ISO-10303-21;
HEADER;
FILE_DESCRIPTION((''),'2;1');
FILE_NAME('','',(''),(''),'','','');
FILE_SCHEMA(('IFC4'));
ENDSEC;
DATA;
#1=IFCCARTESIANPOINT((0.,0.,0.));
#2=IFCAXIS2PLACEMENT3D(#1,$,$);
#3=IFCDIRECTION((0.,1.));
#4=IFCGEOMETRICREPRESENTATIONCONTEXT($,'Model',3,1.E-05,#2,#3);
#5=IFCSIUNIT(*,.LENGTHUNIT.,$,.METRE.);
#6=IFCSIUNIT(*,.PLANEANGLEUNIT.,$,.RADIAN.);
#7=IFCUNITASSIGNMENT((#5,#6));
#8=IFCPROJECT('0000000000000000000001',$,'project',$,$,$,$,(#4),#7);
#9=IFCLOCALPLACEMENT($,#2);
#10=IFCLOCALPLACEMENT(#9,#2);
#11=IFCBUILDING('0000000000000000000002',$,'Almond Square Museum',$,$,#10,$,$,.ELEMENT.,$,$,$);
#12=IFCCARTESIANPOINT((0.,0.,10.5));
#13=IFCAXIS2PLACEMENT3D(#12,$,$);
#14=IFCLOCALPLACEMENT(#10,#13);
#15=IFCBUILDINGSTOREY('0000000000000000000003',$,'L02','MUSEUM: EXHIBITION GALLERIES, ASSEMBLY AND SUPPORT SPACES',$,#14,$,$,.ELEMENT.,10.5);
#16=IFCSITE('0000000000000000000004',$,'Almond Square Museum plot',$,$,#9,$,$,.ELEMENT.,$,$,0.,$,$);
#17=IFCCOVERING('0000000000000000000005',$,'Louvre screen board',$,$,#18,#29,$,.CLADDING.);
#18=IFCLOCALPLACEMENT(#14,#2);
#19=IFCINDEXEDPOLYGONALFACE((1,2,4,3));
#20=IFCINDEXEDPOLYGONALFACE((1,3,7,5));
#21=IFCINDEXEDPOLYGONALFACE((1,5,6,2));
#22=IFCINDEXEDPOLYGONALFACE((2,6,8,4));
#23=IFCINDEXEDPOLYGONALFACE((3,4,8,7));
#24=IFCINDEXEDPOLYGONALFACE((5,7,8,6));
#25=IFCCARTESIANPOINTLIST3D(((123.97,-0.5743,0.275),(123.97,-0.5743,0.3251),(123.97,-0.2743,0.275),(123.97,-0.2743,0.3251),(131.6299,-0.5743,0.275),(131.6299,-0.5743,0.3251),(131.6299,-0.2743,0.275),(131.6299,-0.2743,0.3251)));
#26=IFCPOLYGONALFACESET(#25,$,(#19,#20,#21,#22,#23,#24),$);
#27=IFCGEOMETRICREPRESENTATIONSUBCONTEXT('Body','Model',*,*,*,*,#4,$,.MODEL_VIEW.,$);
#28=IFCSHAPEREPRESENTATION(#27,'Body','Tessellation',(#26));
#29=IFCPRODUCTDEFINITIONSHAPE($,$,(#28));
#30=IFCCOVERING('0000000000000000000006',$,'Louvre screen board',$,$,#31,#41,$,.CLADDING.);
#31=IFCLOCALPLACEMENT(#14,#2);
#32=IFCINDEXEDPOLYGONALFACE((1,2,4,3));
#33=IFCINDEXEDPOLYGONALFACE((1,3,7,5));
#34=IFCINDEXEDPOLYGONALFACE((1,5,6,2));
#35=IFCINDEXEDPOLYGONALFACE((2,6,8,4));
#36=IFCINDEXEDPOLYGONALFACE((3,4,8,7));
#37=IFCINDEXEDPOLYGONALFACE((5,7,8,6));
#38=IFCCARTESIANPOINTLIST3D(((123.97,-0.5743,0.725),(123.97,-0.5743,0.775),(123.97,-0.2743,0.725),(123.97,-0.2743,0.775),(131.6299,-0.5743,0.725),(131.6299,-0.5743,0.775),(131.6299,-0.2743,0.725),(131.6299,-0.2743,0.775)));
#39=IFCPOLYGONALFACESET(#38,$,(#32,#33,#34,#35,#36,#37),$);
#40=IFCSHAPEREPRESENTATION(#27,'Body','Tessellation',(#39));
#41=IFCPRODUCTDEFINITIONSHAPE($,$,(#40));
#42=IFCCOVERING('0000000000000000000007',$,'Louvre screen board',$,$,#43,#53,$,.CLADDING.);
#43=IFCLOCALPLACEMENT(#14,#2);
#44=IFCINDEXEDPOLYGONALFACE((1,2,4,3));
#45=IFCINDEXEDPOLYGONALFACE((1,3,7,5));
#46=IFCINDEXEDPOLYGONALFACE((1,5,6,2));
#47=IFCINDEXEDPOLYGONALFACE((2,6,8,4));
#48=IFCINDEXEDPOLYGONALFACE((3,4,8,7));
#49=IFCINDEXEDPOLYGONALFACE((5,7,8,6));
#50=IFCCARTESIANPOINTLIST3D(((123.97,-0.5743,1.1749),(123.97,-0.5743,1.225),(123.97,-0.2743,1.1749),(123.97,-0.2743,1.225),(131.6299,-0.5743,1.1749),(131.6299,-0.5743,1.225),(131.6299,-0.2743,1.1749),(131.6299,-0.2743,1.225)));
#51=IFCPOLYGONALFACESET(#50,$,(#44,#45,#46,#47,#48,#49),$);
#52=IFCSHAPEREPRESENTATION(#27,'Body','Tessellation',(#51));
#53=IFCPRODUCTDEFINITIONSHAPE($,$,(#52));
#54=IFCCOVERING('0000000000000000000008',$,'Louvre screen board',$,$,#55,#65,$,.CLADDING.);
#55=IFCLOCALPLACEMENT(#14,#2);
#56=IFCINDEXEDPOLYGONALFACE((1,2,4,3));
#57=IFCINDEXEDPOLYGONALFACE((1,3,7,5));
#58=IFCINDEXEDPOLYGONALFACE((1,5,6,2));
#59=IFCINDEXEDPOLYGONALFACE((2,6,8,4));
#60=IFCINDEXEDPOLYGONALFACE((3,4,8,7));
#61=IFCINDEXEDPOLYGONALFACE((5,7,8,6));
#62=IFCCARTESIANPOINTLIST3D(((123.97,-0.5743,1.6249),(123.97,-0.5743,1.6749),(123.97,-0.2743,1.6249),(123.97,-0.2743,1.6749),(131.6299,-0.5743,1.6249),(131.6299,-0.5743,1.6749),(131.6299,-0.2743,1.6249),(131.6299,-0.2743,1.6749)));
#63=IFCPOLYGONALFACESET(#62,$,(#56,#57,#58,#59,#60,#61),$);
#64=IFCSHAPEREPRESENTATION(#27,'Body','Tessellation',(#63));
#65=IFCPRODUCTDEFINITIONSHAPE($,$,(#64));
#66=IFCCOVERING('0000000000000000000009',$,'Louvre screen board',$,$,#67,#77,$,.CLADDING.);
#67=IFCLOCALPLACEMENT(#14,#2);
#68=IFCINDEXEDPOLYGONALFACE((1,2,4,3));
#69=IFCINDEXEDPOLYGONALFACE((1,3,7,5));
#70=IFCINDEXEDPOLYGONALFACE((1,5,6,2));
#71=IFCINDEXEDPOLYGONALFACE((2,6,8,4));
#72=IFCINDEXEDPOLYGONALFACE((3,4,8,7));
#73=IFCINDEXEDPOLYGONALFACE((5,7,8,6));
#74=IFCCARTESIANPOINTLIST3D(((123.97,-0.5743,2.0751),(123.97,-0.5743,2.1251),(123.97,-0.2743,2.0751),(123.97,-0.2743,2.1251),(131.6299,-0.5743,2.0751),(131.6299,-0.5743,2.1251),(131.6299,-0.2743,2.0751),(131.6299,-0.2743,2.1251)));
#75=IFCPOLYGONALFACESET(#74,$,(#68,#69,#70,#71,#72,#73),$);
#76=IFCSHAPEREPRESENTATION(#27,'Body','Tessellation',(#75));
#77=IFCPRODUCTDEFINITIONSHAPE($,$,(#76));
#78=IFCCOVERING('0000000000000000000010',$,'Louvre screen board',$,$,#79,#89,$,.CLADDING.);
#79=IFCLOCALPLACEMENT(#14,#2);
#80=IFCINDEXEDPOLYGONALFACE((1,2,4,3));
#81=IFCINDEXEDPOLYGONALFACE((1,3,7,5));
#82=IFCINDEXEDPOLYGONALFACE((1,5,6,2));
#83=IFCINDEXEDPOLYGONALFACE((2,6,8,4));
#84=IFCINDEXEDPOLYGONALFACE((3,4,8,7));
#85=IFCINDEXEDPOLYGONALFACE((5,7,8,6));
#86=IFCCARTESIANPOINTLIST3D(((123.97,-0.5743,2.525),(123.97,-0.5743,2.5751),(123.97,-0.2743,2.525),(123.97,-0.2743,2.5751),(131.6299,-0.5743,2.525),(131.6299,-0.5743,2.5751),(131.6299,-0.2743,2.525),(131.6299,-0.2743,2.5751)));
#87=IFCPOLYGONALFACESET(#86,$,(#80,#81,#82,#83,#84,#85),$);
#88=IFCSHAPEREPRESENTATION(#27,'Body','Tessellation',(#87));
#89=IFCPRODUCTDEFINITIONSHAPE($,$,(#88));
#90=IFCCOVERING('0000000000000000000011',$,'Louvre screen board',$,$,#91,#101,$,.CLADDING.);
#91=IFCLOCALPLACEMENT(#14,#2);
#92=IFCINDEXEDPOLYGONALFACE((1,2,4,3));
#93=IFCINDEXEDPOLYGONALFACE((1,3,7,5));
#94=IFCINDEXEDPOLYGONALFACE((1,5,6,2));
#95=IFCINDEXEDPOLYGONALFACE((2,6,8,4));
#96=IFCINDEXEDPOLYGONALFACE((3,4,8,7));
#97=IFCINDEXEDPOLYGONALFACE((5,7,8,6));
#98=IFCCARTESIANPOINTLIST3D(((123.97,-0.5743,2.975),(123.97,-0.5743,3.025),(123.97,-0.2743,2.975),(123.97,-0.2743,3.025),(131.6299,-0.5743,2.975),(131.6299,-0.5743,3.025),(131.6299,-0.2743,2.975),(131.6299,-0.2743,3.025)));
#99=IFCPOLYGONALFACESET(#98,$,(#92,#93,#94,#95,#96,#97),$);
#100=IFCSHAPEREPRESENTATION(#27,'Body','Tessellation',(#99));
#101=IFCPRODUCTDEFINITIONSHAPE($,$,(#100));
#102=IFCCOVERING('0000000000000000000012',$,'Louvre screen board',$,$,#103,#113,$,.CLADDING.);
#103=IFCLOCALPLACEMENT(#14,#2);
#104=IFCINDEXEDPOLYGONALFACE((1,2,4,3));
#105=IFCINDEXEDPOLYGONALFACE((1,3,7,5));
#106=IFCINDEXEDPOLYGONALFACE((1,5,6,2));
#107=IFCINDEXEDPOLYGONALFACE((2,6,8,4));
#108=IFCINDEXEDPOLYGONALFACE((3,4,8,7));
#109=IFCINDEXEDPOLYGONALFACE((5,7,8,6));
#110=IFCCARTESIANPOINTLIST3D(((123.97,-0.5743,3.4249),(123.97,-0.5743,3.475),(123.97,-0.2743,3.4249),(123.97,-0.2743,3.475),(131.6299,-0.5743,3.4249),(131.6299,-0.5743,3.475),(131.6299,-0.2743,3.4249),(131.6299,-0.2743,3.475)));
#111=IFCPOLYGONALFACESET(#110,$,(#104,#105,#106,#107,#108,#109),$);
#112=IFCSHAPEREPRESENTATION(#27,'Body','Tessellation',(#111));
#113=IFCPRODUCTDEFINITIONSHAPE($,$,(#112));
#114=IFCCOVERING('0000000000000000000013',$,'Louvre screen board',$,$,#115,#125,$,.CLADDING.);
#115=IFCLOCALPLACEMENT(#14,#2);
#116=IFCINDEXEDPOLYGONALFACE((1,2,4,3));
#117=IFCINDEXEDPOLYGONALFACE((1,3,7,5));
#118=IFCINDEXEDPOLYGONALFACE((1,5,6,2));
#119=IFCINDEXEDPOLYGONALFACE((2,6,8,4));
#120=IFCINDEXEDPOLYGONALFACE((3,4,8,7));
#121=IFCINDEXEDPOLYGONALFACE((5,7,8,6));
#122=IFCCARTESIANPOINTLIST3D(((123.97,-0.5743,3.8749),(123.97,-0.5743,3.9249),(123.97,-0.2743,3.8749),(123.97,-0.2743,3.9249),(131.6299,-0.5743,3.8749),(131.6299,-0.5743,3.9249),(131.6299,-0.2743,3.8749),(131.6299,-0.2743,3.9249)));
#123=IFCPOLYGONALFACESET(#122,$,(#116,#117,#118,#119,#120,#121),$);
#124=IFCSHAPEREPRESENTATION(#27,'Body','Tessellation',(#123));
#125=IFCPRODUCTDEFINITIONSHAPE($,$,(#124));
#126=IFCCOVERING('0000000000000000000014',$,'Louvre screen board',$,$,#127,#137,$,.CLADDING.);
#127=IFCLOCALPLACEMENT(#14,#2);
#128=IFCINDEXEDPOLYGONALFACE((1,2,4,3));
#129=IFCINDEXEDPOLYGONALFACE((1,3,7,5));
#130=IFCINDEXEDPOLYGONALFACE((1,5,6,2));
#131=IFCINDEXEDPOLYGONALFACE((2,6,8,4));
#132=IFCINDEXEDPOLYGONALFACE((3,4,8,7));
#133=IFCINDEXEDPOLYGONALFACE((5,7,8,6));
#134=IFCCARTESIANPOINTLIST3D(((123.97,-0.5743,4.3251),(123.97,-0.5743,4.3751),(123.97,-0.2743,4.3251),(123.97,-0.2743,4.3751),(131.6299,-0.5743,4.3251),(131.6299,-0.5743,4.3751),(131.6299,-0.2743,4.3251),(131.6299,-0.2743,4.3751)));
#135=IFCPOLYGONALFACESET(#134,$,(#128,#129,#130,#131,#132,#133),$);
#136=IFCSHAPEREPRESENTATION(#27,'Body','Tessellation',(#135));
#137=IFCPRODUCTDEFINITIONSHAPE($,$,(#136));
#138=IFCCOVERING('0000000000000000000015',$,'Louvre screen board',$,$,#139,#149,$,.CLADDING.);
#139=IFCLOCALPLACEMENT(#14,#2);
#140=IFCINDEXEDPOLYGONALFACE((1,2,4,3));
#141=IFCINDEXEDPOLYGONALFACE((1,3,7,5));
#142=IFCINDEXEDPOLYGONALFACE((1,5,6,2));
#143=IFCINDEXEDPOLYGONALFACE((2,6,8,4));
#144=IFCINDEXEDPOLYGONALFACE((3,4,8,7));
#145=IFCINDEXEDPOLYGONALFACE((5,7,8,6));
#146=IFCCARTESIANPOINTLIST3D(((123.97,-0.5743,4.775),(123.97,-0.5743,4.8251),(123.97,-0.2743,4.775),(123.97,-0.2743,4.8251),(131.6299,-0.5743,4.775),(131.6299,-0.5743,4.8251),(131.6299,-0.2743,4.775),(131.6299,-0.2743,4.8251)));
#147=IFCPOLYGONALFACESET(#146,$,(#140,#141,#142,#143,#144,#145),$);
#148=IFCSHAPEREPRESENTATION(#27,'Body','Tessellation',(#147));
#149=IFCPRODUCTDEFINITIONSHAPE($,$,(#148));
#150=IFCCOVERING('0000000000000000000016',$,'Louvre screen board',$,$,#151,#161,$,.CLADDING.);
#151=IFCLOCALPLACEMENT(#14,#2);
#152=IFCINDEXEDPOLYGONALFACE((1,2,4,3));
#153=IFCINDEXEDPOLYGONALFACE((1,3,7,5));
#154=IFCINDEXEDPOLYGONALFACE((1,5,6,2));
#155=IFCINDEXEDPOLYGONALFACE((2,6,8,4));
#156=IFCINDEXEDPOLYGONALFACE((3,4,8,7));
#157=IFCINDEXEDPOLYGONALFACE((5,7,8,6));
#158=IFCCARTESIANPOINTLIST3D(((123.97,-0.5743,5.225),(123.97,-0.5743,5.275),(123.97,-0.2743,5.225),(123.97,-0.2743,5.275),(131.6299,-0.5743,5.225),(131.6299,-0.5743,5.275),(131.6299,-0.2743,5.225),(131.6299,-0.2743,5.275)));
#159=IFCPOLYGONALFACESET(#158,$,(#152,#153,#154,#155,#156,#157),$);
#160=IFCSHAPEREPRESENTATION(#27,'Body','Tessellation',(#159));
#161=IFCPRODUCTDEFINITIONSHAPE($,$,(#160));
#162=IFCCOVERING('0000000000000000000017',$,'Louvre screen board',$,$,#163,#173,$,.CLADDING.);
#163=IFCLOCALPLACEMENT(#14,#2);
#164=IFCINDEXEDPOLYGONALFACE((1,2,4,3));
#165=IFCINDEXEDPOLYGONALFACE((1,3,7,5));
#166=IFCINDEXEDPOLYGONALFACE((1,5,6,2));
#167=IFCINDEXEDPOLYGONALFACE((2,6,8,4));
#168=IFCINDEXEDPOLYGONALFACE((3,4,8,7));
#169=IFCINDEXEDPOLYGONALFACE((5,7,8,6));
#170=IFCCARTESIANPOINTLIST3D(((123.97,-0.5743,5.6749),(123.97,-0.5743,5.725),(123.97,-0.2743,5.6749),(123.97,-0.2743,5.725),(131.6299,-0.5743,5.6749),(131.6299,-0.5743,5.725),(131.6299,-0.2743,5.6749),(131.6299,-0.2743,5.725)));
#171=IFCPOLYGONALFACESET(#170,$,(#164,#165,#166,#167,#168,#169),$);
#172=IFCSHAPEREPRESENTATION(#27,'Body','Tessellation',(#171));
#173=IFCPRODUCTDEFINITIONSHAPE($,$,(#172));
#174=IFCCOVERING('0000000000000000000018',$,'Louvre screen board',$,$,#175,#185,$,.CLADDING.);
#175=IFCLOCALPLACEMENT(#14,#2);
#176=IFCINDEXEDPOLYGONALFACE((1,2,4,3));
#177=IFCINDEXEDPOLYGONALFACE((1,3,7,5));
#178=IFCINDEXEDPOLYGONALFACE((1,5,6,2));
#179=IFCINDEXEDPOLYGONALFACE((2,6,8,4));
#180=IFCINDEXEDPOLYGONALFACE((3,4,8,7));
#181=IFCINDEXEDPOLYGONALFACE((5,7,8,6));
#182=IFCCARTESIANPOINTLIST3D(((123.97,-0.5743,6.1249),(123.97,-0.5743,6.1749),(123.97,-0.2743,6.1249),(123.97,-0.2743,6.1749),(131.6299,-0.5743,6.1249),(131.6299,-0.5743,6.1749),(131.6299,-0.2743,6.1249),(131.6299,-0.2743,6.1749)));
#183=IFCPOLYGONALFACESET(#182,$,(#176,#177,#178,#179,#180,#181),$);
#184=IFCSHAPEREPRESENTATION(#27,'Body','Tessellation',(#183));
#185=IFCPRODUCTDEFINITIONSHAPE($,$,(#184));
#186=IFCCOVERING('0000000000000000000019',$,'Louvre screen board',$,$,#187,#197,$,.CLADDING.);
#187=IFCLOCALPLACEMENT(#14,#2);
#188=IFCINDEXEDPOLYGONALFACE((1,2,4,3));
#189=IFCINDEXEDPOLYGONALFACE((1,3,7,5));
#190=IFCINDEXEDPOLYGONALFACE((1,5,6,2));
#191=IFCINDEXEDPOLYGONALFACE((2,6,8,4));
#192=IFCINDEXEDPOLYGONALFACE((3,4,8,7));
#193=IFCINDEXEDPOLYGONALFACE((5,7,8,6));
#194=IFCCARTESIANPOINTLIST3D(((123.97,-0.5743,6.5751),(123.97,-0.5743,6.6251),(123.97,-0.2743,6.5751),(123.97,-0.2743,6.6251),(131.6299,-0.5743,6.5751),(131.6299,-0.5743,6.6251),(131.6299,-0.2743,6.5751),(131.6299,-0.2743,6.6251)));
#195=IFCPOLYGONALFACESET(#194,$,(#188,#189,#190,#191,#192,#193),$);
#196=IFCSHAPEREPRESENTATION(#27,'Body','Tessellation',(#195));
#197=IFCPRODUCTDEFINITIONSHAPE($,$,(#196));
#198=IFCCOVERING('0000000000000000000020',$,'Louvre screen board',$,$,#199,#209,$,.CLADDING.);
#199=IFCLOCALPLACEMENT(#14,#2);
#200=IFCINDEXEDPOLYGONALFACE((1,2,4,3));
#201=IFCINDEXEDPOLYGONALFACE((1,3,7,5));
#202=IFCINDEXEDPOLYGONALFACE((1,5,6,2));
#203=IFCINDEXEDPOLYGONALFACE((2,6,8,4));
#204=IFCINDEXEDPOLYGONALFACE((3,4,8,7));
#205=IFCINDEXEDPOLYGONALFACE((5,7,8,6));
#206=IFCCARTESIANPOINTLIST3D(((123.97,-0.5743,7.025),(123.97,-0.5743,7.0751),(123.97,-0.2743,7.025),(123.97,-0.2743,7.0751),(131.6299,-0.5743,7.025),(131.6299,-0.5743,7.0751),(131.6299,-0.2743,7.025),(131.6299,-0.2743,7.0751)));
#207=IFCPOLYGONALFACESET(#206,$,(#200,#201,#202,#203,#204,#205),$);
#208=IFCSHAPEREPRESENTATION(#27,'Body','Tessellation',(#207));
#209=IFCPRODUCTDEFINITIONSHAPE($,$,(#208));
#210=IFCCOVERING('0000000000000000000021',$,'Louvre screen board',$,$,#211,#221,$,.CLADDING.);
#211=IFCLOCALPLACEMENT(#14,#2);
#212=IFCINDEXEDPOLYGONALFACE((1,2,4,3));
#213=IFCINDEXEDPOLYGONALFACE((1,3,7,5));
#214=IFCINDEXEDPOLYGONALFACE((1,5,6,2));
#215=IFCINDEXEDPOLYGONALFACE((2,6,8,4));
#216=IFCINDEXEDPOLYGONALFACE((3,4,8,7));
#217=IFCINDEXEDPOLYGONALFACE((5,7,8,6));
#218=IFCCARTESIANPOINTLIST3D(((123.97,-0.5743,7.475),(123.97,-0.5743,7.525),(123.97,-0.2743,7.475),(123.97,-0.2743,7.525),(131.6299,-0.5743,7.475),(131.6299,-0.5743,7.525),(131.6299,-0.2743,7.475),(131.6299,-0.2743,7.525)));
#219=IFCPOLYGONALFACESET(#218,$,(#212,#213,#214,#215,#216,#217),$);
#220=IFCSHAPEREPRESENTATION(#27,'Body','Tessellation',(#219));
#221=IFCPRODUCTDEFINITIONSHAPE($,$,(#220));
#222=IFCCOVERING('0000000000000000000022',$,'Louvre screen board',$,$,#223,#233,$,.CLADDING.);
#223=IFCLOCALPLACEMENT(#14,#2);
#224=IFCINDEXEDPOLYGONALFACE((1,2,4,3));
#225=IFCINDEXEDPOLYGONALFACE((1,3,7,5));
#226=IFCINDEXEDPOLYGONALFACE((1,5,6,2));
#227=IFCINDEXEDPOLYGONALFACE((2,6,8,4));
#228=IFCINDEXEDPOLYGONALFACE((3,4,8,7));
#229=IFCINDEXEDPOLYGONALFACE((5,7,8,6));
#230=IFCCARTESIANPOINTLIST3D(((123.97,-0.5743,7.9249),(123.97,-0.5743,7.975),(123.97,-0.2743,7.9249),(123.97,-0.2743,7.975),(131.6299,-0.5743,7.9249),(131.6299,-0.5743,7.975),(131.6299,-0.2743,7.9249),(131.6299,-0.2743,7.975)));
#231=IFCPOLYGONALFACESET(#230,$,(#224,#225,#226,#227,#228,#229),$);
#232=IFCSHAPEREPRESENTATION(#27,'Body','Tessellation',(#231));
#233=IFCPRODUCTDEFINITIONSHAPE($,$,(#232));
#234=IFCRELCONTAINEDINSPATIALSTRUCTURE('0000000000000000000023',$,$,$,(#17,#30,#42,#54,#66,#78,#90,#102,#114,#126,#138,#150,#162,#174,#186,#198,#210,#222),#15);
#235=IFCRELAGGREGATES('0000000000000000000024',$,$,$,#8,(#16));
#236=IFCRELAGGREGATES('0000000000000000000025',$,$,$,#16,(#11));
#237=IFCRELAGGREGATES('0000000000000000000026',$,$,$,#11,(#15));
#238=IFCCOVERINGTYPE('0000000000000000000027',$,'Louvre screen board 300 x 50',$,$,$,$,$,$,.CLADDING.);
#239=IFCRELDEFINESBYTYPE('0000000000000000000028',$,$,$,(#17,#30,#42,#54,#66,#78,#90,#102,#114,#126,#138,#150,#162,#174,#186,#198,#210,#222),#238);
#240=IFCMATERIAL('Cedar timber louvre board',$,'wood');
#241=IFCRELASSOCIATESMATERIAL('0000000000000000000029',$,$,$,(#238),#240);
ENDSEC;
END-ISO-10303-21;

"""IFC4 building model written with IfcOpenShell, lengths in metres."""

from ifc_helpers import new_model, si_unit, direction, frame, origin, origin_2d, place, context, subcontext, project, spatial, rectangle, extrude, material, material_profile, profile_set, type_object, element, save


model = new_model("IFC4")

# Units and contexts
model_context = context("Model", 3, precision=1e-05, world=origin(), true_north=direction((0.0, 1.0)))
body_context = subcontext(model_context, "Body", "Model", "MODEL_VIEW")
ifc_project = project(units=[si_unit("LENGTHUNIT", "METRE"), si_unit("PLANEANGLEUNIT", "RADIAN")], contexts=[model_context])

# Site, building, storey
site_placement = place(None, origin())
site = spatial("IfcSite", under=ifc_project, at=site_placement, Name="Almond Square Museum plot", CompositionType="ELEMENT", RefElevation=0.0)
building_placement = place(site_placement, origin())
building = spatial("IfcBuilding", under=site, at=building_placement, Name="Almond Square Museum", CompositionType="ELEMENT")
storey_placement = place(building_placement, frame((0.0, 0.0, 10.5)))
storey = spatial("IfcBuildingStorey", under=building, at=storey_placement, Name="L02", Description="MUSEUM: EXHIBITION GALLERIES, ASSEMBLY AND SUPPORT SPACES", CompositionType="ELEMENT", Elevation=10.5)

# Coverings
ifc_material_1 = material(Name="Cedar timber louvre board", Category="wood")
ifc_material_profile_1 = material_profile(ifc_material_1, rectangle(XDim=0.3, YDim=0.05, at=origin_2d()))
ifc_profile_set_1 = profile_set([ifc_material_profile_1], Name="Cedar timber louvre board")
covering_type = type_object("IfcCoveringType", Name="Louvre screen board 300 x 50", PredefinedType="CLADDING", material=ifc_profile_set_1)
for number, where, z_axis, x_axis, name in (
    (1, (123.97, -0.4243, 0.3), (1.0, 0.0, 0.0), (0.0, 1.0, 0.0), "Louvre screen board"),
    (2, (123.97, -0.4243, 0.75), (1.0, 0.0, 0.0), (0.0, 1.0, 0.0), "Louvre screen board"),
    (3, (123.97, -0.4243, 1.2), (1.0, 0.0, 0.0), (0.0, 1.0, 0.0), "Louvre screen board"),
    (4, (123.97, -0.4243, 1.6499), (1.0, 0.0, 0.0), (0.0, 1.0, 0.0), "Louvre screen board"),
    (5, (123.97, -0.4243, 2.1001), (1.0, 0.0, 0.0), (0.0, 1.0, 0.0), "Louvre screen board"),
    (6, (123.97, -0.4243, 2.55), (1.0, 0.0, 0.0), (0.0, 1.0, 0.0), "Louvre screen board"),
    (7, (123.97, -0.4243, 3.0), (1.0, 0.0, 0.0), (0.0, 1.0, 0.0), "Louvre screen board"),
    (8, (123.97, -0.4243, 3.45), (1.0, 0.0, 0.0), (0.0, 1.0, 0.0), "Louvre screen board"),
    (9, (123.97, -0.4243, 3.8999), (1.0, 0.0, 0.0), (0.0, 1.0, 0.0), "Louvre screen board"),
    (10, (123.97, -0.4243, 4.3501), (1.0, 0.0, 0.0), (0.0, 1.0, 0.0), "Louvre screen board"),
    (11, (123.97, -0.4243, 4.8), (1.0, 0.0, 0.0), (0.0, 1.0, 0.0), "Louvre screen board"),
    (12, (123.97, -0.4243, 5.25), (1.0, 0.0, 0.0), (0.0, 1.0, 0.0), "Louvre screen board"),
    (13, (123.97, -0.4243, 5.7), (1.0, 0.0, 0.0), (0.0, 1.0, 0.0), "Louvre screen board"),
    (14, (123.97, -0.4243, 6.1499), (1.0, 0.0, 0.0), (0.0, 1.0, 0.0), "Louvre screen board"),
    (15, (123.97, -0.4243, 6.6001), (1.0, 0.0, 0.0), (0.0, 1.0, 0.0), "Louvre screen board"),
    (16, (123.97, -0.4243, 7.05), (1.0, 0.0, 0.0), (0.0, 1.0, 0.0), "Louvre screen board"),
    (17, (123.97, -0.4243, 7.5), (1.0, 0.0, 0.0), (0.0, 1.0, 0.0), "Louvre screen board"),
    (18, (123.97, -0.4243, 7.95), (1.0, 0.0, 0.0), (0.0, 1.0, 0.0), "Louvre screen board"),
):
    element("IfcCovering", number, at=place(storey_placement, frame(where, z_axis=z_axis, x_axis=x_axis)), inside=storey, type_object=covering_type, Name=name, PredefinedType="CLADDING", context=body_context, shape_type="SweptSolid", body=[
        extrude(rectangle(XDim=0.3, YDim=0.05, at=origin_2d()), origin(), (0.0, 0.0, 1.0), 7.6599),
    ])

save(model, "model.ifc")
